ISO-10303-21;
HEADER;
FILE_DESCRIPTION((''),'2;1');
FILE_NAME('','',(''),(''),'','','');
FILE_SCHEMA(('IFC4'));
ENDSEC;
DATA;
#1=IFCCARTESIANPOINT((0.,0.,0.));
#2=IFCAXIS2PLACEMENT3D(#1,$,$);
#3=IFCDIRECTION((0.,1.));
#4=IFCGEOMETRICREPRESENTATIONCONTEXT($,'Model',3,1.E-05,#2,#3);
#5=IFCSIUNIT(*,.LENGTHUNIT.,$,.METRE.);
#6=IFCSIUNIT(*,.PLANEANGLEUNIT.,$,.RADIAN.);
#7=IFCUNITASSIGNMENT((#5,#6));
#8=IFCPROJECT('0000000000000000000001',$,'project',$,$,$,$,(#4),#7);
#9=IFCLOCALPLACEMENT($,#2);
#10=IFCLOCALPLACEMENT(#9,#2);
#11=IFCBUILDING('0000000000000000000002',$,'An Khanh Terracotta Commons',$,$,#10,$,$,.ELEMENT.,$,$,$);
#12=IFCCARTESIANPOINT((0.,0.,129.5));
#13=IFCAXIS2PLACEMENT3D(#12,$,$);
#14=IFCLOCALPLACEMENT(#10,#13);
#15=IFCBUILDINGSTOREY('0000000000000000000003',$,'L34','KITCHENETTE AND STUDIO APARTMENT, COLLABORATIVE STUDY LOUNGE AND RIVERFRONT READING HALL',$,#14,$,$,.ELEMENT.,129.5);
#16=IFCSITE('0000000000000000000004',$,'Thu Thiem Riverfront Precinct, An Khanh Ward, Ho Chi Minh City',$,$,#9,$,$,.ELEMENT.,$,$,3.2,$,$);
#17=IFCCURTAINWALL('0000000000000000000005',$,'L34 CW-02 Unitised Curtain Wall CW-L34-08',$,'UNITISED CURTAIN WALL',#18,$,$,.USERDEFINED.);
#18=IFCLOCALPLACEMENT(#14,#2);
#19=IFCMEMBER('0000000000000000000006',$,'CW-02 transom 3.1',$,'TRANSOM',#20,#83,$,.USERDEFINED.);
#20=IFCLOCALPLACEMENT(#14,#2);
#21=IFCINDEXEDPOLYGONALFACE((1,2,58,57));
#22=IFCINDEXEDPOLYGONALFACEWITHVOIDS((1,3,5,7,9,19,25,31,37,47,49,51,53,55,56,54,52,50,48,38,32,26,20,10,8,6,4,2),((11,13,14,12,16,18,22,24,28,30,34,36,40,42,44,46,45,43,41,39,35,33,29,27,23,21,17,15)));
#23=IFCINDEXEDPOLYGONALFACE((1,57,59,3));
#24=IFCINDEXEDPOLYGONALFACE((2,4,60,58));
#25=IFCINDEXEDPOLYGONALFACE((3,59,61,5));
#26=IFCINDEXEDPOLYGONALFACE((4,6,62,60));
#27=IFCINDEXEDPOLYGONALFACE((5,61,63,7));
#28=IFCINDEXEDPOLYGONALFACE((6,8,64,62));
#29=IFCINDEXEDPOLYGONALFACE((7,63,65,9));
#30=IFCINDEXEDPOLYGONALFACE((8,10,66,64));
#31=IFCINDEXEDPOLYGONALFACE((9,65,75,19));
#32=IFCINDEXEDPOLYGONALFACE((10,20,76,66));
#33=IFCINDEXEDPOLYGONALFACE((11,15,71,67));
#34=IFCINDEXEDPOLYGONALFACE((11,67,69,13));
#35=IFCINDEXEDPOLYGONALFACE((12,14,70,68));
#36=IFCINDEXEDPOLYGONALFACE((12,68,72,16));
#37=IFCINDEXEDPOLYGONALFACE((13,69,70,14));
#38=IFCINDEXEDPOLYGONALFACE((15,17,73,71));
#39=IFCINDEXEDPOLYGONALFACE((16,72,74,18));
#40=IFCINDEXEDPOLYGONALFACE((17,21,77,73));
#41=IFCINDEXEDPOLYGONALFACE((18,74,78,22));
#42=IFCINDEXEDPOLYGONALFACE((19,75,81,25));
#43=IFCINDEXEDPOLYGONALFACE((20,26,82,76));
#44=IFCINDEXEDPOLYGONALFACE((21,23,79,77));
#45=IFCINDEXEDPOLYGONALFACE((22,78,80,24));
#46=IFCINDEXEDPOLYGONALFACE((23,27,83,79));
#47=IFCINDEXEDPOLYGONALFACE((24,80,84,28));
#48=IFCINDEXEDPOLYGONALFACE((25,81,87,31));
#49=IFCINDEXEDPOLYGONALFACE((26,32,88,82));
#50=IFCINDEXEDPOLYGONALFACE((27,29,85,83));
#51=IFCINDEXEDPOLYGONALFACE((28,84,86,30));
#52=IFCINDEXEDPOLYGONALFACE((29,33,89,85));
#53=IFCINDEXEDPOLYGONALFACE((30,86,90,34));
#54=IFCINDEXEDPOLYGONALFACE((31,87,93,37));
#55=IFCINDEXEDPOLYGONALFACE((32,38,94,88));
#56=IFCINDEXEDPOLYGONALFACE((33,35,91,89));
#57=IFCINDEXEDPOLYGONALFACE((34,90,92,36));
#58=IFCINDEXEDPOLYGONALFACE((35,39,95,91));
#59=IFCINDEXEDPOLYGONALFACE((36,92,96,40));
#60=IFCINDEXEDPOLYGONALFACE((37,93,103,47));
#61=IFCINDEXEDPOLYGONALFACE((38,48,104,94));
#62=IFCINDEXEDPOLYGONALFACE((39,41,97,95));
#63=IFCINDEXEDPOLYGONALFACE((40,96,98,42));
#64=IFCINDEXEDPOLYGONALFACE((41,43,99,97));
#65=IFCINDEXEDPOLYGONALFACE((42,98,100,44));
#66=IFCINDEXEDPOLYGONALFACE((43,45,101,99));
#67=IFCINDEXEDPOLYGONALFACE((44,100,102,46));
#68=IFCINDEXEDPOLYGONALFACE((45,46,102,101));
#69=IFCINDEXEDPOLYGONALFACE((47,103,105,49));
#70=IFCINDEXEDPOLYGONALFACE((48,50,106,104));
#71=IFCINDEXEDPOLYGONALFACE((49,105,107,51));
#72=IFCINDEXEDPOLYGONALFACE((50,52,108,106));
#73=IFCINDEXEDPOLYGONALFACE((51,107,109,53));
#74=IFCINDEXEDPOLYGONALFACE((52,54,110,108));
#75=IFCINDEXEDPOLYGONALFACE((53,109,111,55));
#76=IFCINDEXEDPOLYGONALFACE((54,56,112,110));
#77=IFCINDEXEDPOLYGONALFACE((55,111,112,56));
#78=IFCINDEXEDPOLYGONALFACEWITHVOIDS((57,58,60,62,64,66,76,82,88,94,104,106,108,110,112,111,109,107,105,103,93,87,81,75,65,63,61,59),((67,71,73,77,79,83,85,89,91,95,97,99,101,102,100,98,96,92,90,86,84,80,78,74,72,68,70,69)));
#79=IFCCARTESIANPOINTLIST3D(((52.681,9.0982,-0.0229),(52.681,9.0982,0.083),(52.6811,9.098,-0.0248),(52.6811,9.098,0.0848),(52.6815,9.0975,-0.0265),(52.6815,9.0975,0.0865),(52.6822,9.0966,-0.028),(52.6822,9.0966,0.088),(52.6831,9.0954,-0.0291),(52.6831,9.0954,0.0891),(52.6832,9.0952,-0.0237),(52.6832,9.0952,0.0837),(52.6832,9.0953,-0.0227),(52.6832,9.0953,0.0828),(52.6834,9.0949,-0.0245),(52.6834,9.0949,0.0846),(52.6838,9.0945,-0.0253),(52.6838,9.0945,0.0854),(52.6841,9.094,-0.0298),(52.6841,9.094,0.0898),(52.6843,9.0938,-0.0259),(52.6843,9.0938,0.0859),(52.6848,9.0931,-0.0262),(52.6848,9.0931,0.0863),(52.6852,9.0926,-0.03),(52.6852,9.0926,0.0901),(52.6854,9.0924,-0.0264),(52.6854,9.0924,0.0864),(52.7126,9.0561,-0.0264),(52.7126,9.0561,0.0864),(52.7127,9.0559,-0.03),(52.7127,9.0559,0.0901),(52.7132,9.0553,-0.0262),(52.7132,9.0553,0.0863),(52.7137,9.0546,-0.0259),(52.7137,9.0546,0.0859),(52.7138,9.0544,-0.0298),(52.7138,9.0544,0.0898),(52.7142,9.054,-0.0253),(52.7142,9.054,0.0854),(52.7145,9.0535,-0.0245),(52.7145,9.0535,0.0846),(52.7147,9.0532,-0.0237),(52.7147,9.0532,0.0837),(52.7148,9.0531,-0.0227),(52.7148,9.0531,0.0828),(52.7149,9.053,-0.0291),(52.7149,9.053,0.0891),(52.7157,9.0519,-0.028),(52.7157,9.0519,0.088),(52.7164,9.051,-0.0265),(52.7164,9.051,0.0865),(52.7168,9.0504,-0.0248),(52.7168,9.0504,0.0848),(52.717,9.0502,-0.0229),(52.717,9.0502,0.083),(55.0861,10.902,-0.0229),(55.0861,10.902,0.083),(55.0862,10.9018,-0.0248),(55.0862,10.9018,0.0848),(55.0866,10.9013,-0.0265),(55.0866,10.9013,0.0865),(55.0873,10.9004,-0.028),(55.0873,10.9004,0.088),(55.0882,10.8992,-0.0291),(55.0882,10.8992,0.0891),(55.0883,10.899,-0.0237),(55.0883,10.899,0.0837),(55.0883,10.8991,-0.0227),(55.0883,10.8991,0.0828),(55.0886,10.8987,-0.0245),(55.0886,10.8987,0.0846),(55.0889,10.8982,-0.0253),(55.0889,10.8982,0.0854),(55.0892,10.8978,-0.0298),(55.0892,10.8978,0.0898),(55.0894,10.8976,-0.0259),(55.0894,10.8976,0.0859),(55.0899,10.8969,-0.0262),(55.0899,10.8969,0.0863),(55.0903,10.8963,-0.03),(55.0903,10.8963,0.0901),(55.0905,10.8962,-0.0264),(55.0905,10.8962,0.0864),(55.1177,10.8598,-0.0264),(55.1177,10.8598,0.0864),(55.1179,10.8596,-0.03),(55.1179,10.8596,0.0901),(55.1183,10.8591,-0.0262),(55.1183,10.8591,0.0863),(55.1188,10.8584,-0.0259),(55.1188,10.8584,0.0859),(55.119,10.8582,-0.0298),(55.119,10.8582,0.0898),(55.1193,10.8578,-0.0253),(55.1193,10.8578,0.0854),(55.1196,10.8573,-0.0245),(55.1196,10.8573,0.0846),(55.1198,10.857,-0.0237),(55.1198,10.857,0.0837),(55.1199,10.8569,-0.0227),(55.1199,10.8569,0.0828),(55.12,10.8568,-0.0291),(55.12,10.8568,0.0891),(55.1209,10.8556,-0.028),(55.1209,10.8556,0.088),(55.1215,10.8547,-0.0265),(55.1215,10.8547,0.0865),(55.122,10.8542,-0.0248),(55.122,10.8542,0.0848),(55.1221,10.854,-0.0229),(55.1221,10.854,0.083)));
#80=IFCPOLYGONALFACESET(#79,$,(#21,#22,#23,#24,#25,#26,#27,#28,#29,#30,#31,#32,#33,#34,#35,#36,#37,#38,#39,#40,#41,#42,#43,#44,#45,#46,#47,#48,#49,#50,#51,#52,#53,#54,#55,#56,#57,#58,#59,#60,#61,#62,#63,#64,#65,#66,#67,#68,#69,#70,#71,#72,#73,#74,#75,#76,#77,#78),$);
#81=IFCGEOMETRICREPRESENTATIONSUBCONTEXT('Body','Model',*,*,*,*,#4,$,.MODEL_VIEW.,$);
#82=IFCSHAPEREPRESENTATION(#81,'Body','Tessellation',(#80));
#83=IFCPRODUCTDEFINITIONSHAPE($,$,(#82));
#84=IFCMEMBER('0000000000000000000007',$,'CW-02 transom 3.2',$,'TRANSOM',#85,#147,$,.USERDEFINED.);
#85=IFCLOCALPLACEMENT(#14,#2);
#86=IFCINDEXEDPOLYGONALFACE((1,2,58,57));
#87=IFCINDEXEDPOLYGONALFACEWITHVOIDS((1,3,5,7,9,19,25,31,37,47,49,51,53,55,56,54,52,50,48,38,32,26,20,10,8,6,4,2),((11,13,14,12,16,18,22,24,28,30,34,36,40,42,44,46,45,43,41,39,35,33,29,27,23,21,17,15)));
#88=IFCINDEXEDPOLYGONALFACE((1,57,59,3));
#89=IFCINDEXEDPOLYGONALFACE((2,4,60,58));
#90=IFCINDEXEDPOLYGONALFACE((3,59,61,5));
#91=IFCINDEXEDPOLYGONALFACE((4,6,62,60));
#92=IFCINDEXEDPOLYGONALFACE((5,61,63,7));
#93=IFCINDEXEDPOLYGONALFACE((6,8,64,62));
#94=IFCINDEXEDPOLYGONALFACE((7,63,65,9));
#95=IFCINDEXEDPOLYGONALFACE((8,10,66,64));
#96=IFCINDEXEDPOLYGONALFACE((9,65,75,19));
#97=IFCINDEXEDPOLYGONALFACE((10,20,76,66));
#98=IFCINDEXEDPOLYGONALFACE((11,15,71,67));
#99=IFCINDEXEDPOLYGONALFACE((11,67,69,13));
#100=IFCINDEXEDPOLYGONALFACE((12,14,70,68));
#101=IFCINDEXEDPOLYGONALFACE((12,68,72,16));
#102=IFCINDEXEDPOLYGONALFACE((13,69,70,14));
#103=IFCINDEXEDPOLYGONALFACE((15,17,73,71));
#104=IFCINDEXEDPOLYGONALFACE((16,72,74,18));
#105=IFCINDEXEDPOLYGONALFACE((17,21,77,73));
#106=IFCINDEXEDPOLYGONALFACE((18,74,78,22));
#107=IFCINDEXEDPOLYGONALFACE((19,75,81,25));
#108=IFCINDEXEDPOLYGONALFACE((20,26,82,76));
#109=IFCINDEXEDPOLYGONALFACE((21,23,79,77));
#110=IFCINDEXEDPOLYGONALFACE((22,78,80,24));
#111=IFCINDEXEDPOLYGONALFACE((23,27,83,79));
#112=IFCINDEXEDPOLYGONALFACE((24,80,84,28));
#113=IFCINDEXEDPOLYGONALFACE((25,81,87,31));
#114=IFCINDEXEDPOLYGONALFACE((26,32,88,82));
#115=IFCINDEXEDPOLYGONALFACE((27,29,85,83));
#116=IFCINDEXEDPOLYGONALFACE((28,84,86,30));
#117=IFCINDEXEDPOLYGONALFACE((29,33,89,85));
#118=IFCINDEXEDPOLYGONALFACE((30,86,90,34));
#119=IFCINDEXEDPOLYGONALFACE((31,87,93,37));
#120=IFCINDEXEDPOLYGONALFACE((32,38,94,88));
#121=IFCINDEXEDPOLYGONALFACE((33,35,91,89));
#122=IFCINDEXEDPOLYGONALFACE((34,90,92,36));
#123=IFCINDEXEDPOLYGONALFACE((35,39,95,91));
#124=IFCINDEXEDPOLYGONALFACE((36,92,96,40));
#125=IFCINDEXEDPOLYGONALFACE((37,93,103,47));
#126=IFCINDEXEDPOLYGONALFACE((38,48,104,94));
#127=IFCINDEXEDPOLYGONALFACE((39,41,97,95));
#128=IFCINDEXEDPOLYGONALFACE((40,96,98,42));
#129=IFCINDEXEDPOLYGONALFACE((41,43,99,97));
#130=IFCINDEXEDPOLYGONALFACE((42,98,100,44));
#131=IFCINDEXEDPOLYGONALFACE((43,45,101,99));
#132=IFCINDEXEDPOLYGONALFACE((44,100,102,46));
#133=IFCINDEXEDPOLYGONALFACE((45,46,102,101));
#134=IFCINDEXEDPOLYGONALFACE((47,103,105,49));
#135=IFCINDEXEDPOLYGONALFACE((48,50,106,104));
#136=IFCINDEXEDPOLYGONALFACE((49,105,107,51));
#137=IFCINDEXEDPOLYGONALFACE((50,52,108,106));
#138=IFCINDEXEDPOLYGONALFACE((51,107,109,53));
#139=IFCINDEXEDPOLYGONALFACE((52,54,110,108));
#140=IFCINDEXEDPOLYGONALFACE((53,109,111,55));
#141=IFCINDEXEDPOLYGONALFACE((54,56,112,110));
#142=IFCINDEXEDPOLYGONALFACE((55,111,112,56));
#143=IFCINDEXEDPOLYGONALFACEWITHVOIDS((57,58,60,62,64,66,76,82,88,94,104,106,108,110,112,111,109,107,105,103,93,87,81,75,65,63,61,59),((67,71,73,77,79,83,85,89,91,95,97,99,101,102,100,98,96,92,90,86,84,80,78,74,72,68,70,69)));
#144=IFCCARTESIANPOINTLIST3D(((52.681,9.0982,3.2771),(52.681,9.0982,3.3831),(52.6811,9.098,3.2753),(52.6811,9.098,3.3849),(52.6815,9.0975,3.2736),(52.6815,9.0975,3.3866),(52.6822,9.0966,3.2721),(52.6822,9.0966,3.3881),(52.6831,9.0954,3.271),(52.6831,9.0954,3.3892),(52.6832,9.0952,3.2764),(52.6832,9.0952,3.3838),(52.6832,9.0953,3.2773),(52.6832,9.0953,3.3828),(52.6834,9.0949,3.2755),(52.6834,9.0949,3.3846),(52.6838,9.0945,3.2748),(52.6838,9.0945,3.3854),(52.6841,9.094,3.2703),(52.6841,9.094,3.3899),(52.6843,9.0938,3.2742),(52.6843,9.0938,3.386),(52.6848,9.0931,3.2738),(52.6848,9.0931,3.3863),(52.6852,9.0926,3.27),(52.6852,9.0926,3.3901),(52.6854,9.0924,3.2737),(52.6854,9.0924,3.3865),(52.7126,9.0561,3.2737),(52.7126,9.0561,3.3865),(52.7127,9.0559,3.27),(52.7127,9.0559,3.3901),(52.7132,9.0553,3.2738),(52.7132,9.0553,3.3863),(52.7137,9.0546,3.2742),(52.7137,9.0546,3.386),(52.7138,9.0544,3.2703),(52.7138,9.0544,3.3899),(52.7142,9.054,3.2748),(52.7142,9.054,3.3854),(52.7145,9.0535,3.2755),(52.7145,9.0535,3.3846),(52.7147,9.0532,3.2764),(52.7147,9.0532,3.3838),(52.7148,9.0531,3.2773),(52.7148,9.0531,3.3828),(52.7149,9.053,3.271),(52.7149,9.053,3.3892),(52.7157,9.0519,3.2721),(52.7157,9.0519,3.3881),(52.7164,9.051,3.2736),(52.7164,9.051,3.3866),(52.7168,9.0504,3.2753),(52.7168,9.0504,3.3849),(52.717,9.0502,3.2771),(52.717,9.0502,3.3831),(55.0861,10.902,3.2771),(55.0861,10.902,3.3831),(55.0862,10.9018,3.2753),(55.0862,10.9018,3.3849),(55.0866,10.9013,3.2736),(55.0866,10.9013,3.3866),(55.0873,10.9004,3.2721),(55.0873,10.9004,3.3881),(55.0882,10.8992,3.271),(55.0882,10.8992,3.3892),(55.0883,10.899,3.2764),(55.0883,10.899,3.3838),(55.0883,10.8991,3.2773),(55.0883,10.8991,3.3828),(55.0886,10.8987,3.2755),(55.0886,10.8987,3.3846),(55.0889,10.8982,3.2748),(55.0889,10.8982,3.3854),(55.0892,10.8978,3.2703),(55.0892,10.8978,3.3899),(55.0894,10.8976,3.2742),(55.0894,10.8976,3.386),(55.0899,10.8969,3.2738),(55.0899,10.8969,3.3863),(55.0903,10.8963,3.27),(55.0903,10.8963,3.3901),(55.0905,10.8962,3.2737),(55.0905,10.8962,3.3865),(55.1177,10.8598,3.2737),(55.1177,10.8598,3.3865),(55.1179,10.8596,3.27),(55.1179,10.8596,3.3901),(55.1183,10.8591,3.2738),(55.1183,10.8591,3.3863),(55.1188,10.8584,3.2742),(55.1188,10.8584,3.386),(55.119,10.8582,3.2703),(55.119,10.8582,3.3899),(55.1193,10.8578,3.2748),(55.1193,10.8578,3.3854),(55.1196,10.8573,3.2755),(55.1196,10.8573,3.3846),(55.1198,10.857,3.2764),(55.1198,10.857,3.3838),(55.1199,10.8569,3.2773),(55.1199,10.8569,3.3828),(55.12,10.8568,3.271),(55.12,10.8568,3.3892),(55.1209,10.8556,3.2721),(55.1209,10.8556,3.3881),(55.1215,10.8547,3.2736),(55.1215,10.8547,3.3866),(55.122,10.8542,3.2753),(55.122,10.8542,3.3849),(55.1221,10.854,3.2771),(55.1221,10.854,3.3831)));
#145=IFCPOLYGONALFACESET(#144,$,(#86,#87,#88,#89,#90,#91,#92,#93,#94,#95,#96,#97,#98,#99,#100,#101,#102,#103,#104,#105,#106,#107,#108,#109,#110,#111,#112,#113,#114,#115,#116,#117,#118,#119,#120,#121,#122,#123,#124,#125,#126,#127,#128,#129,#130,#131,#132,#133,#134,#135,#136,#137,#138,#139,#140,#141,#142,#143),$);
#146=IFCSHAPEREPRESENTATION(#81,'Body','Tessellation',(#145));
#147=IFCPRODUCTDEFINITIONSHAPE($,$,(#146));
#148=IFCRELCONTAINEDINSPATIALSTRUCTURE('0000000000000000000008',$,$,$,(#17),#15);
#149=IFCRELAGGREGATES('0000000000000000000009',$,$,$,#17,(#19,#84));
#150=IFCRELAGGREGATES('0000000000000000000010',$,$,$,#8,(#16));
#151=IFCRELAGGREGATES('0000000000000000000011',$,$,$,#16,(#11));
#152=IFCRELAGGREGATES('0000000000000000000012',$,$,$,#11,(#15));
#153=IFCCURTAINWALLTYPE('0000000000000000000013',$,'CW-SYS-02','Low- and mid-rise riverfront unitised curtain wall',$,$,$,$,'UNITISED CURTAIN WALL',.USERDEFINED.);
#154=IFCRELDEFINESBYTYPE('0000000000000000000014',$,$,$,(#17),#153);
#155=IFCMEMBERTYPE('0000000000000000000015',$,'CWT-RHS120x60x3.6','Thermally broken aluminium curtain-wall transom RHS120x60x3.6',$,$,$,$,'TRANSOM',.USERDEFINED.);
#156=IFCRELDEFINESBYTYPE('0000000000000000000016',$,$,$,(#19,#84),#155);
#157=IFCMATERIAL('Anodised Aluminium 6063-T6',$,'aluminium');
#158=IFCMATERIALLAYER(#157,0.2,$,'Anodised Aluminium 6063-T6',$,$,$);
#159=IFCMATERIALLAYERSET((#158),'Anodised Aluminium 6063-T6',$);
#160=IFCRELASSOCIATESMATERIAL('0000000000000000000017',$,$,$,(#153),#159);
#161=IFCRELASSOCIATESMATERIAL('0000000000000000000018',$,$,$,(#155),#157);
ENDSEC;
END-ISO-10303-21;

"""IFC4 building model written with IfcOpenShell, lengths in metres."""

from ifc_helpers import new_model, si_unit, direction, frame, origin, origin_2d, place, context, subcontext, project, spatial, hollow_rectangle, extrude, material, layer, layer_set, material_profile, profile_set, type_object, element, aggregate, save


model = new_model("IFC4")

# Units and contexts
model_context = context("Model", 3, precision=1e-05, world=origin(), true_north=direction((0.0, 1.0)))
body_context = subcontext(model_context, "Body", "Model", "MODEL_VIEW")
ifc_project = project(units=[si_unit("LENGTHUNIT", "METRE"), si_unit("PLANEANGLEUNIT", "RADIAN")], contexts=[model_context])

# Site, building, storey
site_placement = place(None, origin())
site = spatial("IfcSite", under=ifc_project, at=site_placement, Name="Thu Thiem Riverfront Precinct, An Khanh Ward, Ho Chi Minh City", CompositionType="ELEMENT", RefElevation=3.2)
building_placement = place(site_placement, origin())
building = spatial("IfcBuilding", under=site, at=building_placement, Name="An Khanh Terracotta Commons", CompositionType="ELEMENT")
storey_placement = place(building_placement, frame((0.0, 0.0, 129.5)))
storey = spatial("IfcBuildingStorey", under=building, at=storey_placement, Name="L34", Description="KITCHENETTE AND STUDIO APARTMENT, COLLABORATIVE STUDY LOUNGE AND RIVERFRONT READING HALL", CompositionType="ELEMENT", Elevation=129.5)

# Curtain wall
ifc_material_1 = material(Name="Anodised Aluminium 6063-T6", Category="aluminium")
ifc_layer_1 = layer(ifc_material_1, 0.2, Name="Anodised Aluminium 6063-T6")
ifc_layer_set_1 = layer_set([ifc_layer_1], Name="Anodised Aluminium 6063-T6")
curtain_wall_type = type_object("IfcCurtainWallType", Name="CW-SYS-02", Description="Low- and mid-rise riverfront unitised curtain wall", ElementType="UNITISED CURTAIN WALL", PredefinedType="USERDEFINED", material=ifc_layer_set_1)
curtain_wall_1_placement = place(storey_placement, origin())
curtain_wall_1 = element("IfcCurtainWall", 1, at=curtain_wall_1_placement, inside=storey, type_object=curtain_wall_type, Name="L34 CW-02 Unitised Curtain Wall CW-L34-08", ObjectType="UNITISED CURTAIN WALL", PredefinedType="USERDEFINED")

# Members
ifc_material_profile_1 = material_profile(ifc_material_1, hollow_rectangle(XDim=0.0601, YDim=0.1201, WallThickness=0.0037, InnerFilletRadius=0.0037, OuterFilletRadius=0.0071, at=origin_2d()), Name="RHS120x60x3.6")
ifc_profile_set_1 = profile_set([ifc_material_profile_1], Name="Anodised Aluminium 6063-T6")
member_type_1 = type_object("IfcMemberType", Name="CWT-RHS120x60x3.6", Description="Thermally broken aluminium curtain-wall transom RHS120x60x3.6", ElementType="TRANSOM", PredefinedType="USERDEFINED", material=ifc_profile_set_1)
member_1_placement = place(storey_placement, frame((52.699, 9.0742, 0.03), z_axis=(0.80001, 0.599987, 0.0), x_axis=(-0.599987, 0.80001, 0.0)))
member_1 = element("IfcMember", 2, at=member_1_placement, type_object=member_type_1, Name="CW-02 transom 3.1", ObjectType="TRANSOM", PredefinedType="USERDEFINED", context=body_context, shape_type="SweptSolid", body=[
    extrude(hollow_rectangle(XDim=0.0601, YDim=0.1201, WallThickness=0.0037, InnerFilletRadius=0.0037, OuterFilletRadius=0.0071, at=origin_2d()), origin(), (0.0, 0.0, 1.0), 3.0063),
])
member_2_placement = place(storey_placement, frame((52.699, 9.0742, 3.3301), z_axis=(0.80001, 0.599987, 0.0), x_axis=(-0.599987, 0.80001, 0.0)))
member_2 = element("IfcMember", 3, at=member_2_placement, type_object=member_type_1, Name="CW-02 transom 3.2", ObjectType="TRANSOM", PredefinedType="USERDEFINED", context=body_context, shape_type="SweptSolid", body=[
    extrude(hollow_rectangle(XDim=0.0601, YDim=0.1201, WallThickness=0.0037, InnerFilletRadius=0.0037, OuterFilletRadius=0.0071, at=origin_2d()), origin(), (0.0, 0.0, 1.0), 3.0063),
])

aggregate(curtain_wall_1, [member_1, member_2])

save(model, "model.ifc")
